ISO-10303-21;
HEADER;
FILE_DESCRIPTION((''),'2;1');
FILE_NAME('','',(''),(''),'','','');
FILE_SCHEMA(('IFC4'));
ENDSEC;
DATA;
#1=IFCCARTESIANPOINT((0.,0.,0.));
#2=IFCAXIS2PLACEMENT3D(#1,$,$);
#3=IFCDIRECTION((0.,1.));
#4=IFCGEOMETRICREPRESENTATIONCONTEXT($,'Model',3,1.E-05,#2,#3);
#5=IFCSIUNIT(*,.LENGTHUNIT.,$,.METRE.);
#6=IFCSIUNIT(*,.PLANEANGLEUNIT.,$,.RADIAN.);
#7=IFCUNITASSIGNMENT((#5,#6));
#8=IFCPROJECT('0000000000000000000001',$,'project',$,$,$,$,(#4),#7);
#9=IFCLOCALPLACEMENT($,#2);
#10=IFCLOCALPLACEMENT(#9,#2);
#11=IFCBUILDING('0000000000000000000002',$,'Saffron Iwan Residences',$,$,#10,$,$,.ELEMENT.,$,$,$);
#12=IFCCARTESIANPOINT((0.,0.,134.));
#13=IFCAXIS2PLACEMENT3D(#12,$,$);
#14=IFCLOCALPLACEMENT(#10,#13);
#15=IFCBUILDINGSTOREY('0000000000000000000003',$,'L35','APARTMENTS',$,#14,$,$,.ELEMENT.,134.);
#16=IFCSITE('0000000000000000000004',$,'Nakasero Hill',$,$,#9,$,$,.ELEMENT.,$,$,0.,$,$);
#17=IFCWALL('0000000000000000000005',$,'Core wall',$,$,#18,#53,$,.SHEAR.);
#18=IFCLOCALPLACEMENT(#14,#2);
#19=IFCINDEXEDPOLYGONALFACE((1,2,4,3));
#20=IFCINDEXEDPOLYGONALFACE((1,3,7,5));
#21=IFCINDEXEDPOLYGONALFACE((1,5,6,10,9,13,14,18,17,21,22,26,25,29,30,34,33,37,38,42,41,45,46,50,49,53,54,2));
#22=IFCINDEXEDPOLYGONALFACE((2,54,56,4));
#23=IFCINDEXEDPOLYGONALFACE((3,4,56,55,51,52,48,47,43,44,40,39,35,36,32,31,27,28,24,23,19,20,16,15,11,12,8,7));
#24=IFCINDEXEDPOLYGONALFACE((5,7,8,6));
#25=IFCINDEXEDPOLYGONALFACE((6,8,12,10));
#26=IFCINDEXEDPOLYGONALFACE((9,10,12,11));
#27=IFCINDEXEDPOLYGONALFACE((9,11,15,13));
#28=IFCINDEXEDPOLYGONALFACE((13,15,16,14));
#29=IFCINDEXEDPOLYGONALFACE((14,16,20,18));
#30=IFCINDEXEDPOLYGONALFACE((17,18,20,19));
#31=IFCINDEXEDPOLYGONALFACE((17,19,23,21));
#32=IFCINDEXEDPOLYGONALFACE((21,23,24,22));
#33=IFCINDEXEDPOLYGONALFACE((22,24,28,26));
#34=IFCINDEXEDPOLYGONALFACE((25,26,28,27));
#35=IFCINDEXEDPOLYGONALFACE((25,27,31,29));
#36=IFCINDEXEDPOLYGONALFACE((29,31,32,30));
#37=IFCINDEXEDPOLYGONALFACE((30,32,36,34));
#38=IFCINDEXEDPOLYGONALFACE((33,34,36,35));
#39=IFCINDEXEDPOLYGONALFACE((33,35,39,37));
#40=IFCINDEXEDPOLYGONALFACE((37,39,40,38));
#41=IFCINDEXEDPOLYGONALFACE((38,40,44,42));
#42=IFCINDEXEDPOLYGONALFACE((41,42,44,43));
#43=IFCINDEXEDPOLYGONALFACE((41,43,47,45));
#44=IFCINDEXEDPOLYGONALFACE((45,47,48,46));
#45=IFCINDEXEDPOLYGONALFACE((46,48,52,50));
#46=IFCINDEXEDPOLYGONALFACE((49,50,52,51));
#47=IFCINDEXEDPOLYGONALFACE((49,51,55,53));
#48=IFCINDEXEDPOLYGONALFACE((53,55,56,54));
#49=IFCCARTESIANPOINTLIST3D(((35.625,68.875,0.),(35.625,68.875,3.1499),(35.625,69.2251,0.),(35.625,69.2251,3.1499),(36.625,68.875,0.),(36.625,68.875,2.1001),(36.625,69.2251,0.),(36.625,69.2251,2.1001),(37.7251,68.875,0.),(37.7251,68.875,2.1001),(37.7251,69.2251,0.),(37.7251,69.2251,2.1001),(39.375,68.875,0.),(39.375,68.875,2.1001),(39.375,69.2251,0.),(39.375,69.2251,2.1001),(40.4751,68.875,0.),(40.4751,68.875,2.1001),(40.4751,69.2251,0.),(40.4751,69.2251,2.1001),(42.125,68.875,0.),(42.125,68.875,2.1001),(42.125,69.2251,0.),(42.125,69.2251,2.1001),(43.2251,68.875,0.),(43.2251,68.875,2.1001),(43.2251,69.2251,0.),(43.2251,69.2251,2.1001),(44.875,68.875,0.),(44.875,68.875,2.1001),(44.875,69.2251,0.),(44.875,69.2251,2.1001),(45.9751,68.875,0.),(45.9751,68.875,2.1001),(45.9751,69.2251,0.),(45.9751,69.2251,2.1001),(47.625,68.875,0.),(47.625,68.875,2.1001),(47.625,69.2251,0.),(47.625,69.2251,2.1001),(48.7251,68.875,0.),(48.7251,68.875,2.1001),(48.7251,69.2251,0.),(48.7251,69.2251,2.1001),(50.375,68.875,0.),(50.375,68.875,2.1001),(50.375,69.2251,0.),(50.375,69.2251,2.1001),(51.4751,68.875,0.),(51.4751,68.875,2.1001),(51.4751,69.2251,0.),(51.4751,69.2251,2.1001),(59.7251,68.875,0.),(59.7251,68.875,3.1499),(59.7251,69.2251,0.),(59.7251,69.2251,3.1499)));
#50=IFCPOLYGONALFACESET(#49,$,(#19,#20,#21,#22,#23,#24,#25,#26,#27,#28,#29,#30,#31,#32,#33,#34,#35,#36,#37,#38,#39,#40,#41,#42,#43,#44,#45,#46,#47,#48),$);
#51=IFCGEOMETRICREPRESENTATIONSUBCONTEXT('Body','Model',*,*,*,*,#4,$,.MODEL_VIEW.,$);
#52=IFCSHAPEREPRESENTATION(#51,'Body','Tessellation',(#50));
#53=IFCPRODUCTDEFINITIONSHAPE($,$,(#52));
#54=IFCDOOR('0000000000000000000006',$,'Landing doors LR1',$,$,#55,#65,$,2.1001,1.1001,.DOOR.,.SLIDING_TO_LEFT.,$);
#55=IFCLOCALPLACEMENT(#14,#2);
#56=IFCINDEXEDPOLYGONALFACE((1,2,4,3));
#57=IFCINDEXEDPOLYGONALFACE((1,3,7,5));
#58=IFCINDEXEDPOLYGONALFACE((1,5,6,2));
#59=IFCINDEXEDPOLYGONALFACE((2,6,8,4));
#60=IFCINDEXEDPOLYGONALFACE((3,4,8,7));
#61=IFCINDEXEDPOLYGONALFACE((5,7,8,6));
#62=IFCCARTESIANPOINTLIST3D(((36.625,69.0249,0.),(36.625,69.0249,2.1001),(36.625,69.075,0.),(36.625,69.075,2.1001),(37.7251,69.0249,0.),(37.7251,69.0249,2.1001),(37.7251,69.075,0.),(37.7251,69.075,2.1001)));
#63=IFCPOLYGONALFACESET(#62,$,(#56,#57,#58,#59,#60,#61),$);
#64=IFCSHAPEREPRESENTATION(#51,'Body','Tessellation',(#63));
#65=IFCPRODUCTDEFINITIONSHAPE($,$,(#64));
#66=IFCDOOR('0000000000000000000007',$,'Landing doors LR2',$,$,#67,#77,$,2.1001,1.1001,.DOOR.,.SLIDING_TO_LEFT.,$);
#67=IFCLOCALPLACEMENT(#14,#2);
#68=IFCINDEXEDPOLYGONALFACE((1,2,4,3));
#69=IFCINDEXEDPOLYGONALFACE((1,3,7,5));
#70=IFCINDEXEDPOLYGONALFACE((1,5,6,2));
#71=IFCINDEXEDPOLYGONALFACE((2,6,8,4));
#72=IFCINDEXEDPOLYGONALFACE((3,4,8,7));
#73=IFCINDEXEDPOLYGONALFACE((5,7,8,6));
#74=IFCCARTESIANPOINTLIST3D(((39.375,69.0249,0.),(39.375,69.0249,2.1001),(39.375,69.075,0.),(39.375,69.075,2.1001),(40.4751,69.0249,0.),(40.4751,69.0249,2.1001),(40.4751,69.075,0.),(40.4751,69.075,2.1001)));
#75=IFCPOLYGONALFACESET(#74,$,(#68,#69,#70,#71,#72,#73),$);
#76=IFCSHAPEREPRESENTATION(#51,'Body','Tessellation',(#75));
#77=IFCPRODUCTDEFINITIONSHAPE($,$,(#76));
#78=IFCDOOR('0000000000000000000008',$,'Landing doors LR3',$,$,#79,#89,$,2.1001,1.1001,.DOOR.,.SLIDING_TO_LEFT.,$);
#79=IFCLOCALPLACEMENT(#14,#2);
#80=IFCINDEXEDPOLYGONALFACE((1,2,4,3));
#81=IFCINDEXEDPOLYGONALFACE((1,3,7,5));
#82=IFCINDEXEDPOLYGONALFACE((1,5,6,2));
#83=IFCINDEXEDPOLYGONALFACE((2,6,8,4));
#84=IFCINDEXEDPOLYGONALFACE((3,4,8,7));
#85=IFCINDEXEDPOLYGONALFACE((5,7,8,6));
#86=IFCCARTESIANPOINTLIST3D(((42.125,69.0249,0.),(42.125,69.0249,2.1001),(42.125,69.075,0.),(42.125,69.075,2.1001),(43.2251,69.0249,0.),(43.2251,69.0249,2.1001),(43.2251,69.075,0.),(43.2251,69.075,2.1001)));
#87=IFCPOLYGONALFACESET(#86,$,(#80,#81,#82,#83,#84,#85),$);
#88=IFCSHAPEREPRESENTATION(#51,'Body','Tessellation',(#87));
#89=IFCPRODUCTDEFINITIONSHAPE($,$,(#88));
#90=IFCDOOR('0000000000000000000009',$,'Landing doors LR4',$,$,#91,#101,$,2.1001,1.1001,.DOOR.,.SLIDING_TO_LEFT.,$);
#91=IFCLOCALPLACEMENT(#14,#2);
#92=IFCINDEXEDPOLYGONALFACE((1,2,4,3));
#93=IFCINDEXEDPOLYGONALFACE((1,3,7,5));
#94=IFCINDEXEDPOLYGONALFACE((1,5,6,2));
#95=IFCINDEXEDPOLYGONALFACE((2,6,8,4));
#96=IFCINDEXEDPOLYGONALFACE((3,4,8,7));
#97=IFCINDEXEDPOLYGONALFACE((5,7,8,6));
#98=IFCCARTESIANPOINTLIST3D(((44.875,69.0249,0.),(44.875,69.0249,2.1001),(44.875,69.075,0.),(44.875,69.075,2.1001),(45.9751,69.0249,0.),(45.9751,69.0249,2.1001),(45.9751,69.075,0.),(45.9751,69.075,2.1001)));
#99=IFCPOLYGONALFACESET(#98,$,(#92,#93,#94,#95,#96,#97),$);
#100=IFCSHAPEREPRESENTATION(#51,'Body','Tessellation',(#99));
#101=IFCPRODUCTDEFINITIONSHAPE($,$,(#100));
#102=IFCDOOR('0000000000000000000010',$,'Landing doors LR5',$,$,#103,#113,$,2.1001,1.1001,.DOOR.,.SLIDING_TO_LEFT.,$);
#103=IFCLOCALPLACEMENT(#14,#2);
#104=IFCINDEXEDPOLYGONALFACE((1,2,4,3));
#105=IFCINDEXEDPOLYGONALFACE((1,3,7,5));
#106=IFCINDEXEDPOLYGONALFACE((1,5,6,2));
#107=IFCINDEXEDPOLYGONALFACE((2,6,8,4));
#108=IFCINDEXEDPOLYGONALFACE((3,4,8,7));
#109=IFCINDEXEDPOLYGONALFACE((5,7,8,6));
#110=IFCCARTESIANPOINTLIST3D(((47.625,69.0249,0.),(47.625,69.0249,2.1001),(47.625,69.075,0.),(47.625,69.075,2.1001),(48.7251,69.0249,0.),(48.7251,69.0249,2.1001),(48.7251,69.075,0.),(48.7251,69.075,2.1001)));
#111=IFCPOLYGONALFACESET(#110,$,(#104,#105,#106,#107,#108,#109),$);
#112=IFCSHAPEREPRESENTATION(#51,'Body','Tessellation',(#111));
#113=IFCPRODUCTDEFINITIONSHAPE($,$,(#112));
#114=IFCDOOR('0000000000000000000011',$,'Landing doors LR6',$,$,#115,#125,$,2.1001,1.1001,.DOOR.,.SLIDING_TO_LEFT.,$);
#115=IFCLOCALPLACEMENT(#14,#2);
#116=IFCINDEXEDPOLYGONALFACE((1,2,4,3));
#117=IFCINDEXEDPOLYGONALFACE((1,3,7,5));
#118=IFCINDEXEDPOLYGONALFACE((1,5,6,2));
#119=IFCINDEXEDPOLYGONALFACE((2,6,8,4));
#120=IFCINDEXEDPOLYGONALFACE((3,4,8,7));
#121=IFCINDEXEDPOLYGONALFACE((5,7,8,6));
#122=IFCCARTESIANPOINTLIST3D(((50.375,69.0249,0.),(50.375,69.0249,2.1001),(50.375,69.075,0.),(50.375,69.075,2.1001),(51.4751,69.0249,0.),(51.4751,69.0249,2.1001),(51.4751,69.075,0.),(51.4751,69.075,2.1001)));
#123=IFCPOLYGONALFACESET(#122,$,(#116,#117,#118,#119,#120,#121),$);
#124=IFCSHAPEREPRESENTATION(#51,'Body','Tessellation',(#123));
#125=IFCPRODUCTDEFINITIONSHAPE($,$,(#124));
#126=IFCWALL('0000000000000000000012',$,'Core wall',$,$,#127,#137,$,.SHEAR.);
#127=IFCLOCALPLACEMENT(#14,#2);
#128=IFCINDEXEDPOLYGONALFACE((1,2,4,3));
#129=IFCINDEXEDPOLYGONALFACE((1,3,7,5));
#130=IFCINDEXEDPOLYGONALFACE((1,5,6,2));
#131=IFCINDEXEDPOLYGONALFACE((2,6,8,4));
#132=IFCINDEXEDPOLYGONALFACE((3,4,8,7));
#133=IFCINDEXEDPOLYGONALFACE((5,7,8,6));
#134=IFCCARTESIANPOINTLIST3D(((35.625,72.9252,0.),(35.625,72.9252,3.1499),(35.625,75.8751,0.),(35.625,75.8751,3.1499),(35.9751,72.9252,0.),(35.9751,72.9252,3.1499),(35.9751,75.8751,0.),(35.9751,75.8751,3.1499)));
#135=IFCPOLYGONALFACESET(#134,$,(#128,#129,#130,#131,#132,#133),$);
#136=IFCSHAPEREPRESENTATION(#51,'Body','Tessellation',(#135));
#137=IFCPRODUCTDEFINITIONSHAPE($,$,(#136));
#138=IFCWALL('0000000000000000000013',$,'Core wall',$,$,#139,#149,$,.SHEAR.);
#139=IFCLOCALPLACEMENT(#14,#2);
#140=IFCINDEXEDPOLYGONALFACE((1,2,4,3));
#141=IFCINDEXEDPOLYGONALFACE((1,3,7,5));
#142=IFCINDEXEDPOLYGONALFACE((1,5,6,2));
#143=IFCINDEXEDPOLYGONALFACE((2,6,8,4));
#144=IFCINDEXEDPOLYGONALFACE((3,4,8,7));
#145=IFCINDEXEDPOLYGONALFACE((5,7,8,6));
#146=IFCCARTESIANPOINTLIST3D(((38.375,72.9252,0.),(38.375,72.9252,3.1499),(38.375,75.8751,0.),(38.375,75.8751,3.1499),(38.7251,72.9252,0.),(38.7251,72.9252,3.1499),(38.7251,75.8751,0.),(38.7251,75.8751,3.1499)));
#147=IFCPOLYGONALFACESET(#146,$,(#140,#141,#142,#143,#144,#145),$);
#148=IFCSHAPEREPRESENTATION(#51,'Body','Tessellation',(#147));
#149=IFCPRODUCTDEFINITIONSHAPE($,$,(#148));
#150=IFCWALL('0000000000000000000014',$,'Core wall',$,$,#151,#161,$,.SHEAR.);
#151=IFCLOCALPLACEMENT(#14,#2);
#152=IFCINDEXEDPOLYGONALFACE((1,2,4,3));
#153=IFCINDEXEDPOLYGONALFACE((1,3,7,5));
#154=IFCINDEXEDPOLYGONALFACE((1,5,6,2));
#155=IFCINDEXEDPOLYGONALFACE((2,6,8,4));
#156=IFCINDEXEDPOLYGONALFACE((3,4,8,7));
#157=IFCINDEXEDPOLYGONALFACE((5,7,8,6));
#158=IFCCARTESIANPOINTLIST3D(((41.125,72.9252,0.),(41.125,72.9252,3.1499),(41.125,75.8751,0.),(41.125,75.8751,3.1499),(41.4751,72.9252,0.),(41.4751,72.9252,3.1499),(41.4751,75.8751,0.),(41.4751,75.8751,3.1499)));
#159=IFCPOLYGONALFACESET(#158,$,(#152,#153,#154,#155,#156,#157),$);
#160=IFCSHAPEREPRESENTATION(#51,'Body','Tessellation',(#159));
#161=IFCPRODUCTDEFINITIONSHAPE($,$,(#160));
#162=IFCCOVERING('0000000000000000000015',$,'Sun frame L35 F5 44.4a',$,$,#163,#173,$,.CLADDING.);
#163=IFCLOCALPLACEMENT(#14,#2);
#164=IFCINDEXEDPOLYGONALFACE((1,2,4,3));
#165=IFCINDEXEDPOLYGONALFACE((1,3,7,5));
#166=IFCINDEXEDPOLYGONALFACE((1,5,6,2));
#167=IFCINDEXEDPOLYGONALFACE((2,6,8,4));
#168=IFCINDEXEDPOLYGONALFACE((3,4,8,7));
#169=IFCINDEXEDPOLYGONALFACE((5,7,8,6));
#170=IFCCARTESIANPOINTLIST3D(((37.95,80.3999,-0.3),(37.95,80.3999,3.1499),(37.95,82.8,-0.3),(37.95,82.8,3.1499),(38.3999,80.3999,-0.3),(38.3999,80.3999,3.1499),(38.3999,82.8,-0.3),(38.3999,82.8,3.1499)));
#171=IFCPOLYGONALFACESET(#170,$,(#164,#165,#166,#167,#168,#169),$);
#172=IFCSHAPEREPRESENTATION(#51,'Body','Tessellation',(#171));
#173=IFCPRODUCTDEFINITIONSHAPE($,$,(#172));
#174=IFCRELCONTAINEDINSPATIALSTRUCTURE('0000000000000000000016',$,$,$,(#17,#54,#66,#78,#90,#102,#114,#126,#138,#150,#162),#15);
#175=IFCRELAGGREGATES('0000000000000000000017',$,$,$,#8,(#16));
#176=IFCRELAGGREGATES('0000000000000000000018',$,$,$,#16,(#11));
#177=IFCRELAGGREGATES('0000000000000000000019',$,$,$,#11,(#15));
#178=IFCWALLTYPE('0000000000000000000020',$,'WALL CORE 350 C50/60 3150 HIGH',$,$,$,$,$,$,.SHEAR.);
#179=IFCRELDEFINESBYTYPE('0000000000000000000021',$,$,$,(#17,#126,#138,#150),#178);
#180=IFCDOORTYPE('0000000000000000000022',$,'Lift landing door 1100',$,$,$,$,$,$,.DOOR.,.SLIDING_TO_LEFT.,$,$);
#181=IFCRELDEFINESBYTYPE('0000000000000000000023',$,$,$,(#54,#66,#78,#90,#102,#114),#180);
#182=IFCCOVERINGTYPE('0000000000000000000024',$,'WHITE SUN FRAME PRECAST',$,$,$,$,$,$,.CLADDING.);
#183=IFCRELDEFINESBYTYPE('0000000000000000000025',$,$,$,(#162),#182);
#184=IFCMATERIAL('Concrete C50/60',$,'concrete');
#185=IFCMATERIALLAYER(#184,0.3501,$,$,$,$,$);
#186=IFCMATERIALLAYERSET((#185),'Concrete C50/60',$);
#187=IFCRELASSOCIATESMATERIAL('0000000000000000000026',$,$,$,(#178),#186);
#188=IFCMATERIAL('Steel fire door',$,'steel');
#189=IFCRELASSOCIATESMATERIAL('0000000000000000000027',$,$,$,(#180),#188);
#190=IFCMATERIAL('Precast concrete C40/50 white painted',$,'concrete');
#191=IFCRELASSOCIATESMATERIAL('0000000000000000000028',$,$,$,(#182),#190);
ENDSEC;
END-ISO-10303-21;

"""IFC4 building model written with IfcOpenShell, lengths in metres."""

from ifc_helpers import new_model, si_unit, direction, frame, frame_2d, origin, place, context, subcontext, project, spatial, polyline, rectangle, outline, extrude, material, layer, layer_set, type_object, element, fill, save


model = new_model("IFC4")

# Units and contexts
model_context = context("Model", 3, precision=1e-05, world=origin(), true_north=direction((0.0, 1.0)))
body_context = subcontext(model_context, "Body", "Model", "MODEL_VIEW")
ifc_project = project(units=[si_unit("LENGTHUNIT", "METRE"), si_unit("PLANEANGLEUNIT", "RADIAN")], contexts=[model_context])

# Site, building, storey
site_placement = place(None, origin())
site = spatial("IfcSite", under=ifc_project, at=site_placement, Name="Nakasero Hill", CompositionType="ELEMENT", RefElevation=0.0)
building_placement = place(site_placement, origin())
building = spatial("IfcBuilding", under=site, at=building_placement, Name="Saffron Iwan Residences", CompositionType="ELEMENT")
storey_placement = place(building_placement, frame((0.0, 0.0, 134.0)))
storey = spatial("IfcBuildingStorey", under=building, at=storey_placement, Name="L35", Description="APARTMENTS", CompositionType="ELEMENT", Elevation=134.0)

# Shared definitions
ifc_material_1 = material(Name="Concrete C50/60", Category="concrete")

# Wall, openings, doors
ifc_layer_1 = layer(ifc_material_1, 0.3501)
ifc_layer_set_1 = layer_set([ifc_layer_1], Name="Concrete C50/60")
wall_type_1 = type_object("IfcWallType", Name="WALL CORE 350 C50/60 3150 HIGH", PredefinedType="SHEAR", material=ifc_layer_set_1)
wall_1_placement = place(storey_placement, frame((35.625, 69.05, 0.0), z_axis=(0.0, 0.0, 1.0), x_axis=(1.0, 0.0, 0.0)))
wall_1 = element("IfcWall", 1, at=wall_1_placement, inside=storey, type_object=wall_type_1, Name="Core wall", PredefinedType="SHEAR", context=body_context, shape_type="SweptSolid", body=[
    extrude(rectangle(XDim=24.1001, YDim=0.3501, at=frame_2d((12.05, 0.0))), origin(), (0.0, 0.0, 1.0), 3.1499),
])
opening_1_placement = place(wall_1_placement, frame((1.0, 0.0, 0.0)))
opening_1 = element("IfcOpeningElement", 2, at=opening_1_placement, cuts=wall_1, PredefinedType="OPENING", context=body_context, shape_type="SweptSolid", body=[
    extrude(rectangle(XDim=1.1001, YDim=2.1001, at=frame_2d((0.55, 1.05))), frame((0.0, 0.1851, 0.0), z_axis=(0.0, -1.0, 0.0), x_axis=(1.0, 0.0, 0.0)), (0.0, 0.0, 1.0), 0.3701),
])
opening_2_placement = place(wall_1_placement, frame((3.75, 0.0, 0.0)))
opening_2 = element("IfcOpeningElement", 3, at=opening_2_placement, cuts=wall_1, PredefinedType="OPENING", context=body_context, shape_type="SweptSolid", body=[
    extrude(rectangle(XDim=1.1001, YDim=2.1001, at=frame_2d((0.55, 1.05))), frame((0.0, 0.1851, 0.0), z_axis=(0.0, -1.0, 0.0), x_axis=(1.0, 0.0, 0.0)), (0.0, 0.0, 1.0), 0.3701),
])
opening_3_placement = place(wall_1_placement, frame((6.5, 0.0, 0.0)))
opening_3 = element("IfcOpeningElement", 4, at=opening_3_placement, cuts=wall_1, PredefinedType="OPENING", context=body_context, shape_type="SweptSolid", body=[
    extrude(rectangle(XDim=1.1001, YDim=2.1001, at=frame_2d((0.55, 1.05))), frame((0.0, 0.1851, 0.0), z_axis=(0.0, -1.0, 0.0), x_axis=(1.0, 0.0, 0.0)), (0.0, 0.0, 1.0), 0.3701),
])
opening_4_placement = place(wall_1_placement, frame((9.25, 0.0, 0.0)))
opening_4 = element("IfcOpeningElement", 5, at=opening_4_placement, cuts=wall_1, PredefinedType="OPENING", context=body_context, shape_type="SweptSolid", body=[
    extrude(rectangle(XDim=1.1001, YDim=2.1001, at=frame_2d((0.55, 1.05))), frame((0.0, 0.1851, 0.0), z_axis=(0.0, -1.0, 0.0), x_axis=(1.0, 0.0, 0.0)), (0.0, 0.0, 1.0), 0.3701),
])
opening_5_placement = place(wall_1_placement, frame((12.0, 0.0, 0.0)))
opening_5 = element("IfcOpeningElement", 6, at=opening_5_placement, cuts=wall_1, PredefinedType="OPENING", context=body_context, shape_type="SweptSolid", body=[
    extrude(rectangle(XDim=1.1001, YDim=2.1001, at=frame_2d((0.55, 1.05))), frame((0.0, 0.1851, 0.0), z_axis=(0.0, -1.0, 0.0), x_axis=(1.0, 0.0, 0.0)), (0.0, 0.0, 1.0), 0.3701),
])
opening_6_placement = place(wall_1_placement, frame((14.75, 0.0, 0.0)))
opening_6 = element("IfcOpeningElement", 7, at=opening_6_placement, cuts=wall_1, PredefinedType="OPENING", context=body_context, shape_type="SweptSolid", body=[
    extrude(rectangle(XDim=1.1001, YDim=2.1001, at=frame_2d((0.55, 1.05))), frame((0.0, 0.1851, 0.0), z_axis=(0.0, -1.0, 0.0), x_axis=(1.0, 0.0, 0.0)), (0.0, 0.0, 1.0), 0.3701),
])
ifc_material_2 = material(Name="Steel fire door", Category="steel")
door_type = type_object("IfcDoorType", Name="Lift landing door 1100", OperationType="SLIDING_TO_LEFT", PredefinedType="DOOR", material=ifc_material_2)
door_1_placement = place(opening_1_placement, origin())
door_1 = element("IfcDoor", 8, at=door_1_placement, inside=storey, type_object=door_type, Name="Landing doors LR1", OperationType="SLIDING_TO_LEFT", OverallHeight=2.1001, OverallWidth=1.1001, PredefinedType="DOOR", context=body_context, shape_type="SweptSolid", body=[
    extrude(rectangle(XDim=1.1001, YDim=2.1001, at=frame_2d((0.55, 1.05))), frame((0.0, 0.0249, 0.0), z_axis=(0.0, -1.0, 0.0), x_axis=(1.0, 0.0, 0.0)), (0.0, 0.0, 1.0), 0.05),
])
fill(opening_1, door_1)
door_2_placement = place(opening_2_placement, origin())
door_2 = element("IfcDoor", 9, at=door_2_placement, inside=storey, type_object=door_type, Name="Landing doors LR2", OperationType="SLIDING_TO_LEFT", OverallHeight=2.1001, OverallWidth=1.1001, PredefinedType="DOOR", context=body_context, shape_type="SweptSolid", body=[
    extrude(rectangle(XDim=1.1001, YDim=2.1001, at=frame_2d((0.55, 1.05))), frame((0.0, 0.0249, 0.0), z_axis=(0.0, -1.0, 0.0), x_axis=(1.0, 0.0, 0.0)), (0.0, 0.0, 1.0), 0.05),
])
fill(opening_2, door_2)
door_3_placement = place(opening_3_placement, origin())
door_3 = element("IfcDoor", 10, at=door_3_placement, inside=storey, type_object=door_type, Name="Landing doors LR3", OperationType="SLIDING_TO_LEFT", OverallHeight=2.1001, OverallWidth=1.1001, PredefinedType="DOOR", context=body_context, shape_type="SweptSolid", body=[
    extrude(rectangle(XDim=1.1001, YDim=2.1001, at=frame_2d((0.55, 1.05))), frame((0.0, 0.0249, 0.0), z_axis=(0.0, -1.0, 0.0), x_axis=(1.0, 0.0, 0.0)), (0.0, 0.0, 1.0), 0.05),
])
fill(opening_3, door_3)
door_4_placement = place(opening_4_placement, origin())
door_4 = element("IfcDoor", 11, at=door_4_placement, inside=storey, type_object=door_type, Name="Landing doors LR4", OperationType="SLIDING_TO_LEFT", OverallHeight=2.1001, OverallWidth=1.1001, PredefinedType="DOOR", context=body_context, shape_type="SweptSolid", body=[
    extrude(rectangle(XDim=1.1001, YDim=2.1001, at=frame_2d((0.55, 1.05))), frame((0.0, 0.0249, 0.0), z_axis=(0.0, -1.0, 0.0), x_axis=(1.0, 0.0, 0.0)), (0.0, 0.0, 1.0), 0.05),
])
fill(opening_4, door_4)
door_5_placement = place(opening_5_placement, origin())
door_5 = element("IfcDoor", 12, at=door_5_placement, inside=storey, type_object=door_type, Name="Landing doors LR5", OperationType="SLIDING_TO_LEFT", OverallHeight=2.1001, OverallWidth=1.1001, PredefinedType="DOOR", context=body_context, shape_type="SweptSolid", body=[
    extrude(rectangle(XDim=1.1001, YDim=2.1001, at=frame_2d((0.55, 1.05))), frame((0.0, 0.0249, 0.0), z_axis=(0.0, -1.0, 0.0), x_axis=(1.0, 0.0, 0.0)), (0.0, 0.0, 1.0), 0.05),
])
fill(opening_5, door_5)
door_6_placement = place(opening_6_placement, origin())
door_6 = element("IfcDoor", 13, at=door_6_placement, inside=storey, type_object=door_type, Name="Landing doors LR6", OperationType="SLIDING_TO_LEFT", OverallHeight=2.1001, OverallWidth=1.1001, PredefinedType="DOOR", context=body_context, shape_type="SweptSolid", body=[
    extrude(rectangle(XDim=1.1001, YDim=2.1001, at=frame_2d((0.55, 1.05))), frame((0.0, 0.0249, 0.0), z_axis=(0.0, -1.0, 0.0), x_axis=(1.0, 0.0, 0.0)), (0.0, 0.0, 1.0), 0.05),
])
fill(opening_6, door_6)

# Walls
for number, where, z_axis, x_axis, name in (
    (14, (35.8, 72.925, 0.0), (0.0, 0.0, 1.0), (0.0, 1.0, 0.0), "Core wall"),
    (15, (38.55, 72.925, 0.0), (0.0, 0.0, 1.0), (0.0, 1.0, 0.0), "Core wall"),
    (16, (41.3, 72.925, 0.0), (0.0, 0.0, 1.0), (0.0, 1.0, 0.0), "Core wall"),
):
    element("IfcWall", number, at=place(storey_placement, frame(where, z_axis=z_axis, x_axis=x_axis)), inside=storey, type_object=wall_type_1, Name=name, PredefinedType="SHEAR", context=body_context, shape_type="SweptSolid", body=[
        extrude(rectangle(XDim=2.95, YDim=0.3501, at=frame_2d((1.4751, 0.0))), origin(), (0.0, 0.0, 1.0), 3.1499),
    ])

# Covering
ifc_material_3 = material(Name="Precast concrete C40/50 white painted", Category="concrete")
covering_type = type_object("IfcCoveringType", Name="WHITE SUN FRAME PRECAST", PredefinedType="CLADDING", material=ifc_material_3)
covering_placement = place(storey_placement, frame((38.3999, 80.3999, -0.3), z_axis=(0.0, 1.0, 0.0), x_axis=(-1.0, 0.0, 0.0)))
element("IfcCovering", 17, at=covering_placement, inside=storey, type_object=covering_type, Name="Sun frame L35 F5 44.4a", PredefinedType="CLADDING", context=body_context, shape_type="SweptSolid", body=[
    extrude(outline(polyline([(0.0, 0.0), (0.45, 0.0), (0.45, 3.45), (0.0, 3.45), (0.0, 0.0)])), origin(), (0.0, 0.0, 1.0), 2.4001),
])

save(model, "model.ifc")
